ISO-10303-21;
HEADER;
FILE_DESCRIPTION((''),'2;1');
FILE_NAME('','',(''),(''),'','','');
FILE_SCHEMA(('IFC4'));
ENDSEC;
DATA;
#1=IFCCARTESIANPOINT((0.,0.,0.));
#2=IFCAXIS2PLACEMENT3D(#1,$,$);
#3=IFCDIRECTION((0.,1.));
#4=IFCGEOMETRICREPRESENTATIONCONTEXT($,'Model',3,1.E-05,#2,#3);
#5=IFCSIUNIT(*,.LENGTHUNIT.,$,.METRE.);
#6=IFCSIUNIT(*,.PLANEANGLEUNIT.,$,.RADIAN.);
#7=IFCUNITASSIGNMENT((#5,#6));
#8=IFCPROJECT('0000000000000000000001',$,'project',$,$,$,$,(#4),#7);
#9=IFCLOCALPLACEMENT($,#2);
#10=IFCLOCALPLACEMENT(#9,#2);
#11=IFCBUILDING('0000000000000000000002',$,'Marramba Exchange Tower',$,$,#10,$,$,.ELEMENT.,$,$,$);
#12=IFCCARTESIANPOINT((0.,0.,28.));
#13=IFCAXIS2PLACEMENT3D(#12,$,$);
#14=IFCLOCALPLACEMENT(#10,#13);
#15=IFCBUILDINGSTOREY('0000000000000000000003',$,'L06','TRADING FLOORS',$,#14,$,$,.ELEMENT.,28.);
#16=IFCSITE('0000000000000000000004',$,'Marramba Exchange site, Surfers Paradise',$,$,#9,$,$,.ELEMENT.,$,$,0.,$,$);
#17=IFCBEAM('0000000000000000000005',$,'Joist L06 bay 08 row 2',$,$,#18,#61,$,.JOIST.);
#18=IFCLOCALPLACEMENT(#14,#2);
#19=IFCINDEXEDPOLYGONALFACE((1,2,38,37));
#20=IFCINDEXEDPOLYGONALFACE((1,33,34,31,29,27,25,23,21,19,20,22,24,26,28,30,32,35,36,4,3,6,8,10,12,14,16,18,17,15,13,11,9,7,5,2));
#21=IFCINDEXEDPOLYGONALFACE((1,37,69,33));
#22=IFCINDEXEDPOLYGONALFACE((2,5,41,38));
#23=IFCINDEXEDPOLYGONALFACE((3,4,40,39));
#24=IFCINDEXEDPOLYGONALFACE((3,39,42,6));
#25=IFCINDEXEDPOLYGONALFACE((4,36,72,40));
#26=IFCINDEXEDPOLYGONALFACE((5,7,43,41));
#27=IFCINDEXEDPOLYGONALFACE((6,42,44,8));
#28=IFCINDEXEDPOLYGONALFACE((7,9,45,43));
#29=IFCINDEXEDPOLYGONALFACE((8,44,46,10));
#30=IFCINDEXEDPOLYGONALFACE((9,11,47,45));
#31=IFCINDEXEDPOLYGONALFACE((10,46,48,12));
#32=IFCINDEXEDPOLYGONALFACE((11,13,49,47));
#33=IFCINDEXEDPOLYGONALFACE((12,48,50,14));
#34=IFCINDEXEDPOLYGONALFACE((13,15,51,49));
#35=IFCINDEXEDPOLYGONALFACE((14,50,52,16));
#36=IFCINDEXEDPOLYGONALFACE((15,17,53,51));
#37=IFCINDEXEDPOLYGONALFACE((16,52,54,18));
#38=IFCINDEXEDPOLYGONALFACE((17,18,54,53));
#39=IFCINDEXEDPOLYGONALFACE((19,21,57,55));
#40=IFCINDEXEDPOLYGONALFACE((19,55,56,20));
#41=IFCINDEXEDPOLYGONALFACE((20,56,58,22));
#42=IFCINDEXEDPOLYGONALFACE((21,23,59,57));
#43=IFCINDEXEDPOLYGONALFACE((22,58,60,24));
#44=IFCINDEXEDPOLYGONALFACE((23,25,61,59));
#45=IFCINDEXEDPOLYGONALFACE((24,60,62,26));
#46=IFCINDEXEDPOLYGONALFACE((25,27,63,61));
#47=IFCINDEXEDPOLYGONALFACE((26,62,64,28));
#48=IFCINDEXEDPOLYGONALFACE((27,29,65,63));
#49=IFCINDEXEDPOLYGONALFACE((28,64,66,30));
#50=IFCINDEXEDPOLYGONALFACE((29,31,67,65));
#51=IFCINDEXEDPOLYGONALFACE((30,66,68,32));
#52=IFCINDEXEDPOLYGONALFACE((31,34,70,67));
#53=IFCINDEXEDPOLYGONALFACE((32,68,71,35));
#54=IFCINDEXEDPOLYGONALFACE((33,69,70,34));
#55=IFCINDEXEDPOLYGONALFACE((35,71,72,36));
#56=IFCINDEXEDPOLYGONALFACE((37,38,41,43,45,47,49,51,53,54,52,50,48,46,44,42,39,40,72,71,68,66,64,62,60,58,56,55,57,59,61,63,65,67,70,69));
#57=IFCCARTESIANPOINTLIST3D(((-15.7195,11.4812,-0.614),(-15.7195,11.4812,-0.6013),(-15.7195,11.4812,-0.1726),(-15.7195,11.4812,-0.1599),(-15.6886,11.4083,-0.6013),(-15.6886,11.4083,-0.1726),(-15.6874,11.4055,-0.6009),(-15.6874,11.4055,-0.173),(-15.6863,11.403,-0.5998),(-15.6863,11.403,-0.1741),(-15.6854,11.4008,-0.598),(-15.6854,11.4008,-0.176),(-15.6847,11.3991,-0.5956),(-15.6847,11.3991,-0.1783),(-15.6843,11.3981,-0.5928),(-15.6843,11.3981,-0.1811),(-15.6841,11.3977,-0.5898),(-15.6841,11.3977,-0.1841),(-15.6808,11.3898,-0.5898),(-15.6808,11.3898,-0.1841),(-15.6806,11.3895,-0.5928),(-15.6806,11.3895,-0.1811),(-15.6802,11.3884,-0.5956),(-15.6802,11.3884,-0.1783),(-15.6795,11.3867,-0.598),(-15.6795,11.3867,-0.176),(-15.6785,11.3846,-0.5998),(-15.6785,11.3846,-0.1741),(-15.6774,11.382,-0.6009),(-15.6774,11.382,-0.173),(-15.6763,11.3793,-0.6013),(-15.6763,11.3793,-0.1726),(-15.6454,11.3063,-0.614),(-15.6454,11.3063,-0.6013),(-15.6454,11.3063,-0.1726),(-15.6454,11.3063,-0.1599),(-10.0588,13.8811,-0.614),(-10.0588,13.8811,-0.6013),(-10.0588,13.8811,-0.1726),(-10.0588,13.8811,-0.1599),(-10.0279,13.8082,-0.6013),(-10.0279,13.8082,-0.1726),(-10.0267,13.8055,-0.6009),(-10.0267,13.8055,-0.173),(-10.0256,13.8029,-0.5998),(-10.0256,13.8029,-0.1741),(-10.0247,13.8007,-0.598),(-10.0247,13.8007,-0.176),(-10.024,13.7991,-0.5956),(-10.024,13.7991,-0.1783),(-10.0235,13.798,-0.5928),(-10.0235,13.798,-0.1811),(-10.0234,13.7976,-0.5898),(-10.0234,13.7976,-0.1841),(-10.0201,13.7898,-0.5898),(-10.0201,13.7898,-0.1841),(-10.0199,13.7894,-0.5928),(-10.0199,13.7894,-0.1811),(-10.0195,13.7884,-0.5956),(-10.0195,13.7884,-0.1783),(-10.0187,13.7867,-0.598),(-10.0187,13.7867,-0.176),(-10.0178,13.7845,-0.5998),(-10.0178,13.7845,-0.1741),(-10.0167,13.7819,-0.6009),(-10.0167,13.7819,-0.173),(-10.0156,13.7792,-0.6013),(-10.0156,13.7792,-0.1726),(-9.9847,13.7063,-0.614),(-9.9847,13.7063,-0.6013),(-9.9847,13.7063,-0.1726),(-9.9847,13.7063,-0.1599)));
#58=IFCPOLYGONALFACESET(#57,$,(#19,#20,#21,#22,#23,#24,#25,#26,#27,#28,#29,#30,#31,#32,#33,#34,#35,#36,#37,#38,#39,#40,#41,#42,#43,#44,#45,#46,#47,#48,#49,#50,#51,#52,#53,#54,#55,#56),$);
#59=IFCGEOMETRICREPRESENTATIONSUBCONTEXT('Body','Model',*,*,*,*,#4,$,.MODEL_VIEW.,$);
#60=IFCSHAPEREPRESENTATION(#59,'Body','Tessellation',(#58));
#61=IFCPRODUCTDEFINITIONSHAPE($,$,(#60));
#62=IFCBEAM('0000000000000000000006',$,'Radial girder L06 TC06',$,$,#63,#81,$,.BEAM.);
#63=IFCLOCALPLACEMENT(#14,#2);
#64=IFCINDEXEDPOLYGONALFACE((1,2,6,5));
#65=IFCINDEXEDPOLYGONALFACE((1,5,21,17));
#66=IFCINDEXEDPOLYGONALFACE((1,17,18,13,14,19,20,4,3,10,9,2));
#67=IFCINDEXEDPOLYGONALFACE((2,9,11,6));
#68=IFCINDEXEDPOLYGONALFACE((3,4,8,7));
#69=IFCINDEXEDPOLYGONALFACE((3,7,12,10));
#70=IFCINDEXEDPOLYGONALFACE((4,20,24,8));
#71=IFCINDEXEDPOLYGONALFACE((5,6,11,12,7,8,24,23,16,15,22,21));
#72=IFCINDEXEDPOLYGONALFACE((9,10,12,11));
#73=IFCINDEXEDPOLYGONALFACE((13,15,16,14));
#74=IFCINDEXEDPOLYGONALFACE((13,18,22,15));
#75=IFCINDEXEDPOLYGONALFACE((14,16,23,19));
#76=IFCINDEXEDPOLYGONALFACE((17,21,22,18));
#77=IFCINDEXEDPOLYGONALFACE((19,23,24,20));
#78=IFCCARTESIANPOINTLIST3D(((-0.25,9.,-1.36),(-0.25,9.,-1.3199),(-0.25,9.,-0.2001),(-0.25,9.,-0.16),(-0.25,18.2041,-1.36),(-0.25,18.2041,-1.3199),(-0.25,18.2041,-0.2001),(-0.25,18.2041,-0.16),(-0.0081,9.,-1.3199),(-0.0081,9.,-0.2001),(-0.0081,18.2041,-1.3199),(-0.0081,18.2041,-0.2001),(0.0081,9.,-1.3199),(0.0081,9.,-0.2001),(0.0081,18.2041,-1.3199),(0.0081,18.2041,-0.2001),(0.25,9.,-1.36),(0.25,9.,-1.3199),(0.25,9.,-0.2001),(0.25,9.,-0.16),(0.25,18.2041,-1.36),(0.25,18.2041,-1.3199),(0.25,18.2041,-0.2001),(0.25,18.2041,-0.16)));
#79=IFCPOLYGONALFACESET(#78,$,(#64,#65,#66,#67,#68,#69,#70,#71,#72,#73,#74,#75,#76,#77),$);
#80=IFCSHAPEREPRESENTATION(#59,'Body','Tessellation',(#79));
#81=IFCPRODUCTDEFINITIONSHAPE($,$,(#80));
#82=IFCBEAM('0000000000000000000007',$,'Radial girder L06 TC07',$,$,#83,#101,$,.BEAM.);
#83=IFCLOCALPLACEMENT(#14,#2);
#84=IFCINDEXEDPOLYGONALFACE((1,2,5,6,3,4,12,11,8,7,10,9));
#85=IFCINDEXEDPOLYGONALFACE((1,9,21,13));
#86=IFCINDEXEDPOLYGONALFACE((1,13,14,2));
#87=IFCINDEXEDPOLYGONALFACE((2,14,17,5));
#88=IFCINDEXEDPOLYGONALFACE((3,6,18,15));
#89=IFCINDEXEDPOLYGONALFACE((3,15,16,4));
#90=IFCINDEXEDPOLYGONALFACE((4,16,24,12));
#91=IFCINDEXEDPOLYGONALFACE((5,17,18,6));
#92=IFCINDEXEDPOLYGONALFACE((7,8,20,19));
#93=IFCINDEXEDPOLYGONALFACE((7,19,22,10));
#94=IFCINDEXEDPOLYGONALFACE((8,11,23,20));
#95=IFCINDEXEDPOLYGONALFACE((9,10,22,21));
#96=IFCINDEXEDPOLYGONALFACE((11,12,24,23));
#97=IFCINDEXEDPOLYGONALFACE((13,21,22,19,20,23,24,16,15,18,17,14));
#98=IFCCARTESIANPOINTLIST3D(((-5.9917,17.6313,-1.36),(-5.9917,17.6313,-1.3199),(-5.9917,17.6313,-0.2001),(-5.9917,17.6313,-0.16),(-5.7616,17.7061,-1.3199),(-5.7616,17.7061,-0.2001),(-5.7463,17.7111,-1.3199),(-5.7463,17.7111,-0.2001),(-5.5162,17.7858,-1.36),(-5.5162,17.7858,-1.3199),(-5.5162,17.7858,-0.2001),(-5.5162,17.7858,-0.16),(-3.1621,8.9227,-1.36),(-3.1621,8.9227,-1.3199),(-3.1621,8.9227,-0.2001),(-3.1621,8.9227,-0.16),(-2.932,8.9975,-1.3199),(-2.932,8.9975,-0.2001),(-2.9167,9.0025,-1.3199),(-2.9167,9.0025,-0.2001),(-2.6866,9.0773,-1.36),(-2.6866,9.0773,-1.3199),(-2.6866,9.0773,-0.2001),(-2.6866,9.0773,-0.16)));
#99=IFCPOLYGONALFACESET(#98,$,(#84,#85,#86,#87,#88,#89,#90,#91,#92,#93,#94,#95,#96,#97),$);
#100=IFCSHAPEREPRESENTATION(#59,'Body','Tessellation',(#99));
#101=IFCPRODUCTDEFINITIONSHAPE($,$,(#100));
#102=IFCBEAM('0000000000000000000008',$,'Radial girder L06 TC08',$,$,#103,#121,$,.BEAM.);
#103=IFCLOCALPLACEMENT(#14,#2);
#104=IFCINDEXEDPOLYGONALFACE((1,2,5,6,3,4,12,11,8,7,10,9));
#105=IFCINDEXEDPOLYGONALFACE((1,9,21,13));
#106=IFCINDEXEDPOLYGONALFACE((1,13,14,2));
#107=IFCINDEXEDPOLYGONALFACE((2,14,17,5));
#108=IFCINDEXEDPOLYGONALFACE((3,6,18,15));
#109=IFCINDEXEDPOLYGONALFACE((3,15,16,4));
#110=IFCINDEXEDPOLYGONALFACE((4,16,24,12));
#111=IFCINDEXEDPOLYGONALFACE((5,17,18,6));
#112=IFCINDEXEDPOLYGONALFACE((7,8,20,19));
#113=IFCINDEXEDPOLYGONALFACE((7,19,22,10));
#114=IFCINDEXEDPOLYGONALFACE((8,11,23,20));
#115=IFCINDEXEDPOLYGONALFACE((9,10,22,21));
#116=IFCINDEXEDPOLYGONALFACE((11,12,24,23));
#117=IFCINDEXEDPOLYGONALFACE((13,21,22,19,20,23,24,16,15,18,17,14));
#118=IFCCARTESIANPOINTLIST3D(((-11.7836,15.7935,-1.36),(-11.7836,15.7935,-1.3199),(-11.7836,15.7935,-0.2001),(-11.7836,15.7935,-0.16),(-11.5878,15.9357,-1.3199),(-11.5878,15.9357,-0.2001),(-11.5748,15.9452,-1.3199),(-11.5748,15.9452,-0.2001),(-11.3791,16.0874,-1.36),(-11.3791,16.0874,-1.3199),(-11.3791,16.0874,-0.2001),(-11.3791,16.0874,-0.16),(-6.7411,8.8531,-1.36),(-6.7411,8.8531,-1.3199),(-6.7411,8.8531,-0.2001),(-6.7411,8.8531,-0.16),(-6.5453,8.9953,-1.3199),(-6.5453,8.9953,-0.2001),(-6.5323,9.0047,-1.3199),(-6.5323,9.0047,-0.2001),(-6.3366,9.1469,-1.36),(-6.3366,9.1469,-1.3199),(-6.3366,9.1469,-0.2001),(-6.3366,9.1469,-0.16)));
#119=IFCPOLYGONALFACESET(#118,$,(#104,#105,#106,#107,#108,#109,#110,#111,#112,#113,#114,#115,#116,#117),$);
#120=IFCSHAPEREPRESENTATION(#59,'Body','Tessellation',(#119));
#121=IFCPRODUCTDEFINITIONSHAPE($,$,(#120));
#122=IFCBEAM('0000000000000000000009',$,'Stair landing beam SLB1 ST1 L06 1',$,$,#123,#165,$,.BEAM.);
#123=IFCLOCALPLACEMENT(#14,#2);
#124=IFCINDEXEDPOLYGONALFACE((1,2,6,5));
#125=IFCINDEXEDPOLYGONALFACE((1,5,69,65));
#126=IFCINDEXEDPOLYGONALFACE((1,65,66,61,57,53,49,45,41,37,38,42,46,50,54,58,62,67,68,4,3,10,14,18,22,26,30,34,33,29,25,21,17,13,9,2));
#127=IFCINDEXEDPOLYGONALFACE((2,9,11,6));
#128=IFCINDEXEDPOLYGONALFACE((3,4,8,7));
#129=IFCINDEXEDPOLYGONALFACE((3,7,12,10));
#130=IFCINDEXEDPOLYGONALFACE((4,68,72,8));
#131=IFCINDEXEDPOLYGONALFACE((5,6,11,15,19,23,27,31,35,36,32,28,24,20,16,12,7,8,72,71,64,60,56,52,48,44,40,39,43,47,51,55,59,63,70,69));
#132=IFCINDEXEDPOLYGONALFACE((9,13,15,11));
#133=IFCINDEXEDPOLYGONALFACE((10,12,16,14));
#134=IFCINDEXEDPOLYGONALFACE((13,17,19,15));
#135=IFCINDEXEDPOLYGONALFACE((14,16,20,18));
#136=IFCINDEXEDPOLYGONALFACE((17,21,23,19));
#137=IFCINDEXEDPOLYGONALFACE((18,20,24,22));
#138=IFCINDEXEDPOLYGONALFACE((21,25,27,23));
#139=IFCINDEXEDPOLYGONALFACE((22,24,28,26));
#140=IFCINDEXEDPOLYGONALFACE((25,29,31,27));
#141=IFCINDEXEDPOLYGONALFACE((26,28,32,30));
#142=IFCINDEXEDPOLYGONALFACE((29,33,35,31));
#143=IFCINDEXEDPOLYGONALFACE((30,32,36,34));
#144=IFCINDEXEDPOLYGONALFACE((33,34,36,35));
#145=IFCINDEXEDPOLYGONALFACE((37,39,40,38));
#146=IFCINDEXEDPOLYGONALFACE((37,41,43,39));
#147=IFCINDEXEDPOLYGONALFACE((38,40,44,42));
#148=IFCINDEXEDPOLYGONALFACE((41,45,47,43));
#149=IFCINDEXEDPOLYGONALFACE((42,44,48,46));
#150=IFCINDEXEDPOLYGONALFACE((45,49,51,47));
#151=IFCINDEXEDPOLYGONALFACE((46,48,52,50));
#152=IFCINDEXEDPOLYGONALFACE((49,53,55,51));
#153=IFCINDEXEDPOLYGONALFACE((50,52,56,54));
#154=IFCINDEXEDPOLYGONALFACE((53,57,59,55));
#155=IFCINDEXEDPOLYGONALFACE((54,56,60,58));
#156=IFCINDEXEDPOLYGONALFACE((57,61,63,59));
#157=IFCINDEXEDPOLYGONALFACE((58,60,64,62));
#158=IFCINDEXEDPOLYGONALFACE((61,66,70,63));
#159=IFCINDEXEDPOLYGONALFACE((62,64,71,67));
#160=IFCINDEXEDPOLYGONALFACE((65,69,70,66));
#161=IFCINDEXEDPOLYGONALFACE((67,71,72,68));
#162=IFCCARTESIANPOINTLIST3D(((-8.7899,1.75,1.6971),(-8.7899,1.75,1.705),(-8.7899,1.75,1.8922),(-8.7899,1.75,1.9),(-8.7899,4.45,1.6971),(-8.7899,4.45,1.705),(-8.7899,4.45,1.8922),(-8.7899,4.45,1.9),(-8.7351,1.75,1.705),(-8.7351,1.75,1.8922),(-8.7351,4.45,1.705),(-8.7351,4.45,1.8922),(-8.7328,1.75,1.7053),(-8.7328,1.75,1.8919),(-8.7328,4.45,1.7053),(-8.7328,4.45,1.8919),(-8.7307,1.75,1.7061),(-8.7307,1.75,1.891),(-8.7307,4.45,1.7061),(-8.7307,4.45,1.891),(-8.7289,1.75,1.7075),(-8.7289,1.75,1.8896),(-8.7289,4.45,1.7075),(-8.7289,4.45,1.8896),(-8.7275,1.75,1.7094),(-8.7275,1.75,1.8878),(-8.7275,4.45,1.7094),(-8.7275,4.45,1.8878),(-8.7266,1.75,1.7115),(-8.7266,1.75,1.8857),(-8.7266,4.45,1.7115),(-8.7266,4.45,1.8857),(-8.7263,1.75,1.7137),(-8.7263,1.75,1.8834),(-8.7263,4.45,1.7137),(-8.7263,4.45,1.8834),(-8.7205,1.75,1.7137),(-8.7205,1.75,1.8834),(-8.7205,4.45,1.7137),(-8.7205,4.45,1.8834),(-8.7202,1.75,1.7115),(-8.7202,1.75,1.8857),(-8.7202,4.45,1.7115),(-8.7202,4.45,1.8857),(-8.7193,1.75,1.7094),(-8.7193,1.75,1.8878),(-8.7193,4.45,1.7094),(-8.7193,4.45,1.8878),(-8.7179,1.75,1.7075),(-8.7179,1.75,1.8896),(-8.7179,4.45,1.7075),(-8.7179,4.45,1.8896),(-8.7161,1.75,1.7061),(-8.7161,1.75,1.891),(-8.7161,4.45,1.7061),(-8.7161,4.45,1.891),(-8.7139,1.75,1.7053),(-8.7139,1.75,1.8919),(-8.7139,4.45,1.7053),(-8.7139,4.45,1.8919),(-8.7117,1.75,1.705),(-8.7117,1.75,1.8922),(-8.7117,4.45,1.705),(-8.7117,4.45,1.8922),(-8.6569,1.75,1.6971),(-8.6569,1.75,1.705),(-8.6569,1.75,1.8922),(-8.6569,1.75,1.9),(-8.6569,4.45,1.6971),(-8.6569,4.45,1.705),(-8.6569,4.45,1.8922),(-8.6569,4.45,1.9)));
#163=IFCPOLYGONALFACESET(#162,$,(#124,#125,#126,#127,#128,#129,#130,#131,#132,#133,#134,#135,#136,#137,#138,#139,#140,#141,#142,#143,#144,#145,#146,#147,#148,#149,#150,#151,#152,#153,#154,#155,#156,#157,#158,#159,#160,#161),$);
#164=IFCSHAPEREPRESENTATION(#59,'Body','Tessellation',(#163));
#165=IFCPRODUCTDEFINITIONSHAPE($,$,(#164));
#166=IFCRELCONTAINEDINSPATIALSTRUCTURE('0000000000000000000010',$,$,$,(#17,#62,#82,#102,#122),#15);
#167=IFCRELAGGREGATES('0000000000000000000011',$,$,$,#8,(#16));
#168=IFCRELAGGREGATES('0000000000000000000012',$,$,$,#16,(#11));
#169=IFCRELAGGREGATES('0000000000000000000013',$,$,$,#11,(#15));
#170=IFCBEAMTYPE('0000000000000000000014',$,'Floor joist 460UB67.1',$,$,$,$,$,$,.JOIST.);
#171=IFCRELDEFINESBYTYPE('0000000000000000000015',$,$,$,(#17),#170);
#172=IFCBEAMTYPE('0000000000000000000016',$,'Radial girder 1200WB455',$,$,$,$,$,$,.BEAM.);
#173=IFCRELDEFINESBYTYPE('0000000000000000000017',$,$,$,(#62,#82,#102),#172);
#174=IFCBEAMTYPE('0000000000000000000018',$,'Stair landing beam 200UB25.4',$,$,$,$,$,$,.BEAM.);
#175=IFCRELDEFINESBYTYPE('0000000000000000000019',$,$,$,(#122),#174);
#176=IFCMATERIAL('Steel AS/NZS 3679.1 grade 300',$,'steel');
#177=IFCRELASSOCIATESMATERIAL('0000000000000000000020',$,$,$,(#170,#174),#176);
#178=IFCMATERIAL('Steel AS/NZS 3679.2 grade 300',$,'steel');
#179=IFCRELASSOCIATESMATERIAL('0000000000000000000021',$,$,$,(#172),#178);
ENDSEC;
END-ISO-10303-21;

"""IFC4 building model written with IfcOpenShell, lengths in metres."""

from ifc_helpers import new_model, si_unit, direction, frame, origin, origin_2d, place, context, subcontext, project, spatial, i_section, extrude, material, material_profile, profile_set, type_object, element, save


model = new_model("IFC4")

# Units and contexts
model_context = context("Model", 3, precision=1e-05, world=origin(), true_north=direction((0.0, 1.0)))
body_context = subcontext(model_context, "Body", "Model", "MODEL_VIEW")
ifc_project = project(units=[si_unit("LENGTHUNIT", "METRE"), si_unit("PLANEANGLEUNIT", "RADIAN")], contexts=[model_context])

# Site, building, storey
site_placement = place(None, origin())
site = spatial("IfcSite", under=ifc_project, at=site_placement, Name="Marramba Exchange site, Surfers Paradise", CompositionType="ELEMENT", RefElevation=0.0)
building_placement = place(site_placement, origin())
building = spatial("IfcBuilding", under=site, at=building_placement, Name="Marramba Exchange Tower", CompositionType="ELEMENT")
storey_placement = place(building_placement, frame((0.0, 0.0, 28.0)))
storey = spatial("IfcBuildingStorey", under=building, at=storey_placement, Name="L06", Description="TRADING FLOORS", CompositionType="ELEMENT", Elevation=28.0)

# Beams
ifc_material_1 = material(Name="Steel AS/NZS 3679.1 grade 300", Category="steel")
ifc_material_profile_1 = material_profile(ifc_material_1, i_section(OverallWidth=0.1899, OverallDepth=0.4541, WebThickness=0.0085, FlangeThickness=0.0127, FilletRadius=0.0115, at=origin_2d()), Name="460UB67.1")
ifc_profile_set_1 = profile_set([ifc_material_profile_1], Name="Steel AS/NZS 3679.1 grade 300")
beam_type_1 = type_object("IfcBeamType", Name="Floor joist 460UB67.1", PredefinedType="JOIST", material=ifc_profile_set_1)
beam_1_placement = place(storey_placement, frame((-10.0217, 13.7937, -0.387), z_axis=(-0.920674, -0.390332, 0.0), x_axis=(0.390332, -0.920674, 0.0)))
element("IfcBeam", 1, at=beam_1_placement, inside=storey, type_object=beam_type_1, Name="Joist L06 bay 08 row 2", PredefinedType="JOIST", context=body_context, shape_type="SweptSolid", body=[
    extrude(i_section(OverallWidth=0.1899, OverallDepth=0.4541, WebThickness=0.0085, FlangeThickness=0.0127, FilletRadius=0.0115, at=origin_2d()), origin(), (0.0, 0.0, 1.0), 6.1484),
])
ifc_material_2 = material(Name="Steel AS/NZS 3679.2 grade 300", Category="steel")
ifc_material_profile_2 = material_profile(ifc_material_2, i_section(OverallWidth=0.5, OverallDepth=1.2, WebThickness=0.0161, FlangeThickness=0.04, at=origin_2d()), Name="1200WB455")
ifc_profile_set_2 = profile_set([ifc_material_profile_2], Name="Steel AS/NZS 3679.2 grade 300")
beam_type_2 = type_object("IfcBeamType", Name="Radial girder 1200WB455", PredefinedType="BEAM", material=ifc_profile_set_2)
beam_2_placement = place(storey_placement, frame((0.0, 9.0, -0.76), z_axis=(0.0, 1.0, 0.0), x_axis=(-1.0, 0.0, 0.0)))
element("IfcBeam", 2, at=beam_2_placement, inside=storey, type_object=beam_type_2, Name="Radial girder L06 TC06", PredefinedType="BEAM", context=body_context, shape_type="SweptSolid", body=[
    extrude(i_section(OverallWidth=0.5, OverallDepth=1.2, WebThickness=0.0161, FlangeThickness=0.04, at=origin_2d()), origin(), (0.0, 0.0, 1.0), 9.2041),
])
beam_3_placement = place(storey_placement, frame((-2.9243, 9.0, -0.76), z_axis=(-0.30902, 0.951056, 0.0), x_axis=(-0.951056, -0.30902, 0.0)))
element("IfcBeam", 3, at=beam_3_placement, inside=storey, type_object=beam_type_2, Name="Radial girder L06 TC07", PredefinedType="BEAM", context=body_context, shape_type="SweptSolid", body=[
    extrude(i_section(OverallWidth=0.5, OverallDepth=1.2, WebThickness=0.0161, FlangeThickness=0.04, at=origin_2d()), origin(), (0.0, 0.0, 1.0), 9.1567),
])
beam_4_placement = place(storey_placement, frame((-6.5388, 9.0, -0.76), z_axis=(-0.587782, 0.809019, 0.0), x_axis=(-0.809019, -0.587782, 0.0)))
element("IfcBeam", 4, at=beam_4_placement, inside=storey, type_object=beam_type_2, Name="Radial girder L06 TC08", PredefinedType="BEAM", context=body_context, shape_type="SweptSolid", body=[
    extrude(i_section(OverallWidth=0.5, OverallDepth=1.2, WebThickness=0.0161, FlangeThickness=0.04, at=origin_2d()), origin(), (0.0, 0.0, 1.0), 8.5789),
])
ifc_material_profile_3 = material_profile(ifc_material_1, i_section(OverallWidth=0.1331, OverallDepth=0.2029, WebThickness=0.0059, FlangeThickness=0.0078, FilletRadius=0.0088, at=origin_2d()), Name="200UB25.4")
ifc_profile_set_3 = profile_set([ifc_material_profile_3], Name="Steel AS/NZS 3679.1 grade 300")
beam_type_3 = type_object("IfcBeamType", Name="Stair landing beam 200UB25.4", PredefinedType="BEAM", material=ifc_profile_set_3)
for number, where, z_axis, x_axis, name in (
    (5, (-8.7234, 1.75, 1.7986), (0.0, 1.0, 0.0), (-1.0, 0.0, 0.0), "Stair landing beam SLB1 ST1 L06 1"),
):
    element("IfcBeam", number, at=place(storey_placement, frame(where, z_axis=z_axis, x_axis=x_axis)), inside=storey, type_object=beam_type_3, Name=name, PredefinedType="BEAM", context=body_context, shape_type="SweptSolid", body=[
        extrude(i_section(OverallWidth=0.1331, OverallDepth=0.2029, WebThickness=0.0059, FlangeThickness=0.0078, FilletRadius=0.0088, at=origin_2d()), origin(), (0.0, 0.0, 1.0), 2.7),
    ])

save(model, "model.ifc")
